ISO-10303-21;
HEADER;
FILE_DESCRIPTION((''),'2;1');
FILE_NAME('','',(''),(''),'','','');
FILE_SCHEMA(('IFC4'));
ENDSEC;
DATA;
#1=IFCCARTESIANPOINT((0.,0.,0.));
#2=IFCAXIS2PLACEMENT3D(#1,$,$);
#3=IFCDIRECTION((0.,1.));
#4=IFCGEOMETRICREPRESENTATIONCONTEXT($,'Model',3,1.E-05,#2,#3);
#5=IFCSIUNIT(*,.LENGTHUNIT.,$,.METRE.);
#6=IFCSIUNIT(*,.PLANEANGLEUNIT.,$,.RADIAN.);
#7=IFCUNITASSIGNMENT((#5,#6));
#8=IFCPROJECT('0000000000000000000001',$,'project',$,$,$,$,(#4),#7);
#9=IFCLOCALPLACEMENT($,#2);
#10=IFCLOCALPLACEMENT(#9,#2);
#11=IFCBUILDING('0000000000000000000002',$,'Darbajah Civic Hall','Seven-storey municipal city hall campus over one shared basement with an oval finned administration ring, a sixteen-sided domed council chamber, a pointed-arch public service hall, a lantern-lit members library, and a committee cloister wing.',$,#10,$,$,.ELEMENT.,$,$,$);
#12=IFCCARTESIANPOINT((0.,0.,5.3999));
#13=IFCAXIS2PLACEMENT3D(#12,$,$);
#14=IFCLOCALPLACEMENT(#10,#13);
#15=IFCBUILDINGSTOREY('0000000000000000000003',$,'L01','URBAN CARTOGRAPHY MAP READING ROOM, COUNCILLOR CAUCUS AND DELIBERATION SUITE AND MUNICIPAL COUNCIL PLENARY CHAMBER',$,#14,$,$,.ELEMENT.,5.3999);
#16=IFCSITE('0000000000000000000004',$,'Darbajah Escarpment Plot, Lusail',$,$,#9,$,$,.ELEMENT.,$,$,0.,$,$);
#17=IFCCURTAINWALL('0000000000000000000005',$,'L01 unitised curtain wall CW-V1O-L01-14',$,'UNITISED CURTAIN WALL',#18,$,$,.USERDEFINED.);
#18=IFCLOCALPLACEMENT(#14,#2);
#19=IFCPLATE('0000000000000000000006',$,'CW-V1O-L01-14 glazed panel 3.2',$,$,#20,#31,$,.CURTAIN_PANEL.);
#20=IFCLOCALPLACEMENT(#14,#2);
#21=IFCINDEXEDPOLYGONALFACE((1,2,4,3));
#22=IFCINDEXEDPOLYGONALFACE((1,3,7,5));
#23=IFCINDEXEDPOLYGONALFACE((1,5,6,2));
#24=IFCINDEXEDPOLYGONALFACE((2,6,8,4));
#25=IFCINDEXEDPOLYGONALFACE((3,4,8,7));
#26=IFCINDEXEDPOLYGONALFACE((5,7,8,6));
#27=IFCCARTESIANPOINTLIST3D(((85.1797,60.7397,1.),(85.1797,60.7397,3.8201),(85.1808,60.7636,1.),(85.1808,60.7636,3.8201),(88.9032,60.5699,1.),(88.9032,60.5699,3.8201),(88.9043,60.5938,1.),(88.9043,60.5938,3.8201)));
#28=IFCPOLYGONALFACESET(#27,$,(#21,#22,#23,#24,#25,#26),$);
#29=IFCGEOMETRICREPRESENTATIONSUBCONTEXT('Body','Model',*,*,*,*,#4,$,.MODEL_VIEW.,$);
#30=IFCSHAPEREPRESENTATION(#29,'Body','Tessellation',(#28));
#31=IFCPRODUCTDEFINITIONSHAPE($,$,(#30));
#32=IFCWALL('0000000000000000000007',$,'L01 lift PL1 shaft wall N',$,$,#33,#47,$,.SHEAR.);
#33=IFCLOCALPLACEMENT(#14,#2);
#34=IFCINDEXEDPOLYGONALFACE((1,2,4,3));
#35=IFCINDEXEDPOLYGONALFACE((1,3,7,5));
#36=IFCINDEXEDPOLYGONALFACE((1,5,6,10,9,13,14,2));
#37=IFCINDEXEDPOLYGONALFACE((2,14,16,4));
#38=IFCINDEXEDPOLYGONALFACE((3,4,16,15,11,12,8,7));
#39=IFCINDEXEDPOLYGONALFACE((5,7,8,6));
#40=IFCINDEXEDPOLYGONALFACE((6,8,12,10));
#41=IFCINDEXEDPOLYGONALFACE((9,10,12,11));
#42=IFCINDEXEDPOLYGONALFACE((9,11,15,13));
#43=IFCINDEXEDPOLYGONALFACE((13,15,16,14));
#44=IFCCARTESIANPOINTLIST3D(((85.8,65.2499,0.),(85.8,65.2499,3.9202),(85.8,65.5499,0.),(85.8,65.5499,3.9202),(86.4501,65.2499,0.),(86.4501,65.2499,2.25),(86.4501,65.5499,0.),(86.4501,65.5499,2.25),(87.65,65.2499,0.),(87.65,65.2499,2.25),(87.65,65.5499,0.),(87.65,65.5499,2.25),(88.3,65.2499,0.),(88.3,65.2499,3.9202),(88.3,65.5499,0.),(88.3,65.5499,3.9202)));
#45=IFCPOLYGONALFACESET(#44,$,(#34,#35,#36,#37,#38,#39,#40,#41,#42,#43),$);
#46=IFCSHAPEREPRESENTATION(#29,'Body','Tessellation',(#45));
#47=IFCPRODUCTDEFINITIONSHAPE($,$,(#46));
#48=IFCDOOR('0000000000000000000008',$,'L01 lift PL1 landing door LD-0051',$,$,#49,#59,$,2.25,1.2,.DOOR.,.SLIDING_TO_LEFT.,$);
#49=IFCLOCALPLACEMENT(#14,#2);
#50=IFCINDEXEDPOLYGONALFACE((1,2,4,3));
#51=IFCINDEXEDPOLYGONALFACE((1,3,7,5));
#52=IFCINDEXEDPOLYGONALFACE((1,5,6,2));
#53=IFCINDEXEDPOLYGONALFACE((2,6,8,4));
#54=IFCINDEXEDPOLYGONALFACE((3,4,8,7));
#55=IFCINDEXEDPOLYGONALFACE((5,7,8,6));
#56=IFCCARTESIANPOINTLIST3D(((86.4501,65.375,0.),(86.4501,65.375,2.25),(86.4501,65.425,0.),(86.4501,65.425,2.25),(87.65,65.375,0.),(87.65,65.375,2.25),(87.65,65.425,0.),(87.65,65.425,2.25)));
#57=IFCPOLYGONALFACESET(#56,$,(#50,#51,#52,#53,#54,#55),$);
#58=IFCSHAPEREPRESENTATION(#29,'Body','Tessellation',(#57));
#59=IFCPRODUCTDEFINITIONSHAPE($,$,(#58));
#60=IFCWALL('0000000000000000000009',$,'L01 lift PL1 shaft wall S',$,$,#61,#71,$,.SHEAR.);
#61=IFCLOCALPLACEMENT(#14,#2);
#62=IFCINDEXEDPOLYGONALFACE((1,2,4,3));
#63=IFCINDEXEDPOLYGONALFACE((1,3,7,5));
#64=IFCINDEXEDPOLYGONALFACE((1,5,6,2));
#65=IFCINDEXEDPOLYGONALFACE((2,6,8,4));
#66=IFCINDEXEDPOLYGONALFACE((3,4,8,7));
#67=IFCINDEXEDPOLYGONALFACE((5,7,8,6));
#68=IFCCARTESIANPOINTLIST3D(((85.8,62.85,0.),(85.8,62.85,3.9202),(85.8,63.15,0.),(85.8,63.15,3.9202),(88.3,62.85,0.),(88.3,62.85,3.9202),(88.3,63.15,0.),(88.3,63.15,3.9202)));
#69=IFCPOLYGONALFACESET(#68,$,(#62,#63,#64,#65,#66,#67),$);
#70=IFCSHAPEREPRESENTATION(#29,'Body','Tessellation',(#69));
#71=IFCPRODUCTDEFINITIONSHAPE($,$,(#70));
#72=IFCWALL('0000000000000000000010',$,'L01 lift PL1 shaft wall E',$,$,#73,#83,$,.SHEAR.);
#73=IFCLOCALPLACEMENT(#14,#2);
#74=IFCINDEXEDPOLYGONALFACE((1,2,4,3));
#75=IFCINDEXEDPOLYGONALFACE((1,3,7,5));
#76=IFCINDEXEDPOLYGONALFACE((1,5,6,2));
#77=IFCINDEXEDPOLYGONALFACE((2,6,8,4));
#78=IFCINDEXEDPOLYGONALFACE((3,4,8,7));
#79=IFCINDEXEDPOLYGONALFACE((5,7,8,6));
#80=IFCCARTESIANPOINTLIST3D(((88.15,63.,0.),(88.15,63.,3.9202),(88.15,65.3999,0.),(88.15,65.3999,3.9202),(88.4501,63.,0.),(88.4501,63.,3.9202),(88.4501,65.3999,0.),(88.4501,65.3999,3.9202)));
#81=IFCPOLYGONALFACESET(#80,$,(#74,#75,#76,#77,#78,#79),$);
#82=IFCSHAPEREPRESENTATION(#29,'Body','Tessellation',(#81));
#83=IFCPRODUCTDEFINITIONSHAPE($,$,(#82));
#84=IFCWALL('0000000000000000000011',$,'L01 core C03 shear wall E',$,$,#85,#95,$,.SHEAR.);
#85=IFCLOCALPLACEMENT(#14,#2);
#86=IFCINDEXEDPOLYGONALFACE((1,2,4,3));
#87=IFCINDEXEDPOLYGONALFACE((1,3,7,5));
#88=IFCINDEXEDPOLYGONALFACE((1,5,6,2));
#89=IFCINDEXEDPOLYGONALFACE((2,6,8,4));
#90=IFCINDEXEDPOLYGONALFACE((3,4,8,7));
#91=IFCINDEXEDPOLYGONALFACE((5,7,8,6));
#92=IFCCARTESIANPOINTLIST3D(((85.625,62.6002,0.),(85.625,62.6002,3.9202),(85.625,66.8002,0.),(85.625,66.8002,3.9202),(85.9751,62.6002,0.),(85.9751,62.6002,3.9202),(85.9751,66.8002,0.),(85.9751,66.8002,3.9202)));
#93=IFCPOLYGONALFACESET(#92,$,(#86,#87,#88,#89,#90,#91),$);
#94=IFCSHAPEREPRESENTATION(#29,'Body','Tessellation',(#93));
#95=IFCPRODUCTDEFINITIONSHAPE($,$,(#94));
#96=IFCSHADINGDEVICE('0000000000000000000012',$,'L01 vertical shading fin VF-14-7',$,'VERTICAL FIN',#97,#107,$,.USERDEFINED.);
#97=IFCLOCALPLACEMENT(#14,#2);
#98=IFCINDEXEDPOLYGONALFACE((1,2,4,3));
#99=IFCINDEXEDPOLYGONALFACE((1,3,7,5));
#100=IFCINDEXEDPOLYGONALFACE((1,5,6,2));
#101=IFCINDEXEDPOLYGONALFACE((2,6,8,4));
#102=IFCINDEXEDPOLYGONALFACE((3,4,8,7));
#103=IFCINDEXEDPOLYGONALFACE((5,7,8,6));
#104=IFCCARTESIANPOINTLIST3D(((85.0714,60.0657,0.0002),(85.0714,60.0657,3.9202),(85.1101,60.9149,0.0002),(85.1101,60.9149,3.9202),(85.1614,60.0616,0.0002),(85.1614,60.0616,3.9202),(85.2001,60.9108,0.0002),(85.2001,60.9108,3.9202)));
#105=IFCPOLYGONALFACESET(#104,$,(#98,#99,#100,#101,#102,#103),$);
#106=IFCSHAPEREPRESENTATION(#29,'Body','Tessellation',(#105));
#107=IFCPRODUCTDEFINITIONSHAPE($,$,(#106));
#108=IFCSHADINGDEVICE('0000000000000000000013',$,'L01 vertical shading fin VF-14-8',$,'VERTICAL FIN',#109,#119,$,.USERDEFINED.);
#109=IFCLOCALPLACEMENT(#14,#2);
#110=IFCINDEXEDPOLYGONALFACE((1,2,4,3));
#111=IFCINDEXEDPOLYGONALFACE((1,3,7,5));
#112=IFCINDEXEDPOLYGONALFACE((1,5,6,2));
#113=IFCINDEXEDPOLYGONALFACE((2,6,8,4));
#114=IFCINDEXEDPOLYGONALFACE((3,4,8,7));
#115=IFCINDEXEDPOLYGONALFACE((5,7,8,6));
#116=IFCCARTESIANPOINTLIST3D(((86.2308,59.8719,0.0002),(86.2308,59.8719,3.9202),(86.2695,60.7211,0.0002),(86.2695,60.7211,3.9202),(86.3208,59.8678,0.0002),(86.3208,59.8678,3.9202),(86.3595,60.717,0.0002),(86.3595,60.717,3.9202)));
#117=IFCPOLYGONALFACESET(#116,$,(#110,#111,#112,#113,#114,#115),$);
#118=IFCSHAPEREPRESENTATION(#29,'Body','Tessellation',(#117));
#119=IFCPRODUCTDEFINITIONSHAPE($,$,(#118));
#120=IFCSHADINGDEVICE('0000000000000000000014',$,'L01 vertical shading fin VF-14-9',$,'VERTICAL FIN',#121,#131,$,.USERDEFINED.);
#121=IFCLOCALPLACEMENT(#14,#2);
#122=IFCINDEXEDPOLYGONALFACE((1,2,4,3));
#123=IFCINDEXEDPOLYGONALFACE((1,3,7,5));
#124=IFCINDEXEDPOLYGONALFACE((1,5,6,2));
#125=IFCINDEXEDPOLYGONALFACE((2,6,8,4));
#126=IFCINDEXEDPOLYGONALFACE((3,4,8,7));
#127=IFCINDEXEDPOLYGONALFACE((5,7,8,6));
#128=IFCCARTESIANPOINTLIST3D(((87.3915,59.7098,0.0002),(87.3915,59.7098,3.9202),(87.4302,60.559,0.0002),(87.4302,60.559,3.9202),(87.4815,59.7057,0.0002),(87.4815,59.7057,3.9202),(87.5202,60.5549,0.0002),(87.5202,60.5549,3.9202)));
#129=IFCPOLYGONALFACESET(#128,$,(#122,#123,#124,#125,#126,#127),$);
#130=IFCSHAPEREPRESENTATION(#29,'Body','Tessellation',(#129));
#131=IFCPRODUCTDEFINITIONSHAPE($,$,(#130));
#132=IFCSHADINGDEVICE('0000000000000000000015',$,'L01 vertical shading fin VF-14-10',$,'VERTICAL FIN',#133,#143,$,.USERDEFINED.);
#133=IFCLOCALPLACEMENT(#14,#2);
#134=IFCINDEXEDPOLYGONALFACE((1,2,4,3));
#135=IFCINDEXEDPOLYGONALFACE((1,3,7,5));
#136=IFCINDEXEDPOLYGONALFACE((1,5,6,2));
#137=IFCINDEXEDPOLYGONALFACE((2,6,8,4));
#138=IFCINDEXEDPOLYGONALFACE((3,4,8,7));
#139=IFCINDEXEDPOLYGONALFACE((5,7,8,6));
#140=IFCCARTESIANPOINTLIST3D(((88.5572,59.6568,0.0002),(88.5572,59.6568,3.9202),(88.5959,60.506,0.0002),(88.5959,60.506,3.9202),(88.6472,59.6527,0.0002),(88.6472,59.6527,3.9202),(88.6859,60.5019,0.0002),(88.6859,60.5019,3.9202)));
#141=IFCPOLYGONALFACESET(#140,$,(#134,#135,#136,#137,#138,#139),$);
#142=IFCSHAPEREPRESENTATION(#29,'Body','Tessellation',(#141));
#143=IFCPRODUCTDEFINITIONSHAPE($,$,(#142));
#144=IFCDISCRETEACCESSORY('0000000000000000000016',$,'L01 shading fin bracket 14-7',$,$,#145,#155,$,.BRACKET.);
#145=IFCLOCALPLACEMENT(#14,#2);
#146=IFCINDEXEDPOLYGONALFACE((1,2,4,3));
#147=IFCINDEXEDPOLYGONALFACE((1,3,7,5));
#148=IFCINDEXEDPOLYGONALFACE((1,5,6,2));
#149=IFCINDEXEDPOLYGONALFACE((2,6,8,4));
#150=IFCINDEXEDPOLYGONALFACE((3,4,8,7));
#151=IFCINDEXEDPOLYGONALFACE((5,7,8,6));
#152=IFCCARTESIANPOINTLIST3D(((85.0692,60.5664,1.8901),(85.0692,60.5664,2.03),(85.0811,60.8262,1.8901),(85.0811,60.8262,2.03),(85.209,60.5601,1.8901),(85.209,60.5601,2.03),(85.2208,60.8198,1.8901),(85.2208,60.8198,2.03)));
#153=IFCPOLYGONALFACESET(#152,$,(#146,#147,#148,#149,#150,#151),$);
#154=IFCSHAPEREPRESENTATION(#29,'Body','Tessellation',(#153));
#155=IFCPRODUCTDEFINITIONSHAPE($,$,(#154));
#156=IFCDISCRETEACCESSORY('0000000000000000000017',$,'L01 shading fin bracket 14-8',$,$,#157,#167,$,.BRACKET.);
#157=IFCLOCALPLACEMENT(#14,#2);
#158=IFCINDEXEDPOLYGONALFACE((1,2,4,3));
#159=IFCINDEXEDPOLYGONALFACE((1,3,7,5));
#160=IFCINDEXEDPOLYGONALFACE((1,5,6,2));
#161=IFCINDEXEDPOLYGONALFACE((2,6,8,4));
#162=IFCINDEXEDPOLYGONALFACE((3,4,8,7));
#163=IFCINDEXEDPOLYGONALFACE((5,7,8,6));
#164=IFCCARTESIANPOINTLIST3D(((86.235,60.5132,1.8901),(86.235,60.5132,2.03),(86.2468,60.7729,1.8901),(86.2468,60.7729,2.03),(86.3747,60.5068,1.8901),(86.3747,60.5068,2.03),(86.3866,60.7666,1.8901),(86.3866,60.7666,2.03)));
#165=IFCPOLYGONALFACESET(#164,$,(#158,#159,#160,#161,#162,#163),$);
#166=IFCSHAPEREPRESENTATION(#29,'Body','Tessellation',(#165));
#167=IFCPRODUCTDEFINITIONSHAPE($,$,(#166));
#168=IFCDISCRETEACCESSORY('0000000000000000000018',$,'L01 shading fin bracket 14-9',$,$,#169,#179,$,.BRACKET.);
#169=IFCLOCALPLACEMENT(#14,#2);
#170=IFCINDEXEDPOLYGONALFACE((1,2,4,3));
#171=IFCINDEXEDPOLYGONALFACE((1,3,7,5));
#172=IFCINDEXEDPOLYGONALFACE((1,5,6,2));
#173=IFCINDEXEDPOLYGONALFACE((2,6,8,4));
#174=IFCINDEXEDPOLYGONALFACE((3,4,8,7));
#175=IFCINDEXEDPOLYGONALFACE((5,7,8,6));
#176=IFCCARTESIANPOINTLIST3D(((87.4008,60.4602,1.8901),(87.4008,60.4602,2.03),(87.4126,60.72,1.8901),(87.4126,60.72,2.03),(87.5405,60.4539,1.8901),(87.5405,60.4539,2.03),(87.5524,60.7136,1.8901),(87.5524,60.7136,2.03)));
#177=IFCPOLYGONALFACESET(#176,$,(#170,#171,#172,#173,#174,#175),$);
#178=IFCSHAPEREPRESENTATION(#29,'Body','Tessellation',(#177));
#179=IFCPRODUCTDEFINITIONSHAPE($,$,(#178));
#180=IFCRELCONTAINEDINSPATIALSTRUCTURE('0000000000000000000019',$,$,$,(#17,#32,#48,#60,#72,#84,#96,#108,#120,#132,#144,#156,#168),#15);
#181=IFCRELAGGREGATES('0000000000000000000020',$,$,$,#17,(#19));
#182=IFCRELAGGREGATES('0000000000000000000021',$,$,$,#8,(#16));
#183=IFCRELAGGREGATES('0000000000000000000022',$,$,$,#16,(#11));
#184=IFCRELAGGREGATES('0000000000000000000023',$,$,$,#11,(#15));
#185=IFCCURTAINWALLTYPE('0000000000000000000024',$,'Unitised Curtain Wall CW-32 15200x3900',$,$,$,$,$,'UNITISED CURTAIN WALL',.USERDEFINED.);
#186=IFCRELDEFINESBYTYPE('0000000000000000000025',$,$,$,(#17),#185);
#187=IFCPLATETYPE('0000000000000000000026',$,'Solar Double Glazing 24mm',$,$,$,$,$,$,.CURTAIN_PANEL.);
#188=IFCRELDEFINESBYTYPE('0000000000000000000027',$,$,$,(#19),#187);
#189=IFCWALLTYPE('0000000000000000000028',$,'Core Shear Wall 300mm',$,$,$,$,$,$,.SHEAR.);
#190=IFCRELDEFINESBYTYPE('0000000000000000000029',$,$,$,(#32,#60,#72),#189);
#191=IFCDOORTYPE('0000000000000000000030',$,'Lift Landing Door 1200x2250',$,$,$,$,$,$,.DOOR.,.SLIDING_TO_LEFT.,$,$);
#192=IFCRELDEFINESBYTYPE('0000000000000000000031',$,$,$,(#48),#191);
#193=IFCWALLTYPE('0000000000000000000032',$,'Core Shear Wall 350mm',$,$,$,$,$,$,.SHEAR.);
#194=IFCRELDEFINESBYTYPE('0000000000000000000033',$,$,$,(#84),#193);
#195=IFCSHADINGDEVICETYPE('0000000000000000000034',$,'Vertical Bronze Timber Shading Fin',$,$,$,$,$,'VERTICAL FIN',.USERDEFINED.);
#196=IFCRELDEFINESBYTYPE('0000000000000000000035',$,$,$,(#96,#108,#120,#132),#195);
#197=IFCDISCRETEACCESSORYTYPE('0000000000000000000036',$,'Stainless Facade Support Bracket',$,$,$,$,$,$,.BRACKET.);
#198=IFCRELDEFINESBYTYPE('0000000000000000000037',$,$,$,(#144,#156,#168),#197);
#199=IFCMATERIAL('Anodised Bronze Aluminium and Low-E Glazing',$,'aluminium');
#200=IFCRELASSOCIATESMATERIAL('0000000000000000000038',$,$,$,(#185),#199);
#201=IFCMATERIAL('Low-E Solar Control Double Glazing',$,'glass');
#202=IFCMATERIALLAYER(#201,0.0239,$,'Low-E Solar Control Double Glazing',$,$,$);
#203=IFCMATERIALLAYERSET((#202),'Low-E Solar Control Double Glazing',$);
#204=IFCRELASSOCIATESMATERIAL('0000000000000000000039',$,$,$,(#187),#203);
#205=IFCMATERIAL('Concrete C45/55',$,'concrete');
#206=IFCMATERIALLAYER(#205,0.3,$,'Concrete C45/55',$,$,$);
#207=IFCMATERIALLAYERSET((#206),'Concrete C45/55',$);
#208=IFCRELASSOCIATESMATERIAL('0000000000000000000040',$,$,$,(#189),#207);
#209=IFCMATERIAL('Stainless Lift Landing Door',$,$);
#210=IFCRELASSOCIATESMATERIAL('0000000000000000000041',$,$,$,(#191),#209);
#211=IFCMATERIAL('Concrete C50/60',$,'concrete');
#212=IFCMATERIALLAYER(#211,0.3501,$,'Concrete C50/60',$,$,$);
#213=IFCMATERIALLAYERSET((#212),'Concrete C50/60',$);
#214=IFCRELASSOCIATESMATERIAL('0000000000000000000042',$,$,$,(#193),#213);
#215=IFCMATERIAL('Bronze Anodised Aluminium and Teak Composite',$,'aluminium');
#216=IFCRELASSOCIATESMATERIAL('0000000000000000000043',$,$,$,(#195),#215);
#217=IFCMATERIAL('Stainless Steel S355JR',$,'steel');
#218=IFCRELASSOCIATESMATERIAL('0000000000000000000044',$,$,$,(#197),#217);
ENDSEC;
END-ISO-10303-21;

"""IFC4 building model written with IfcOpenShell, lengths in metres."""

from ifc_helpers import new_model, si_unit, direction, frame, frame_2d, origin, origin_2d, place, context, subcontext, project, spatial, rectangle, extrude, material, layer, layer_set, type_object, element, fill, aggregate, save


model = new_model("IFC4")

# Units and contexts
model_context = context("Model", 3, precision=1e-05, world=origin(), true_north=direction((0.0, 1.0)))
body_context = subcontext(model_context, "Body", "Model", "MODEL_VIEW")
ifc_project = project(units=[si_unit("LENGTHUNIT", "METRE"), si_unit("PLANEANGLEUNIT", "RADIAN")], contexts=[model_context])

# Site, building, storey
site_placement = place(None, origin())
site = spatial("IfcSite", under=ifc_project, at=site_placement, Name="Darbajah Escarpment Plot, Lusail", CompositionType="ELEMENT", RefElevation=0.0)
building_placement = place(site_placement, origin())
building = spatial("IfcBuilding", under=site, at=building_placement, Name="Darbajah Civic Hall", Description="Seven-storey municipal city hall campus over one shared basement with an oval finned administration ring, a sixteen-sided domed council chamber, a pointed-arch public service hall, a lantern-lit members library, and a committee cloister wing.", CompositionType="ELEMENT")
storey_placement = place(building_placement, frame((0.0, 0.0, 5.3999)))
storey = spatial("IfcBuildingStorey", under=building, at=storey_placement, Name="L01", Description="URBAN CARTOGRAPHY MAP READING ROOM, COUNCILLOR CAUCUS AND DELIBERATION SUITE AND MUNICIPAL COUNCIL PLENARY CHAMBER", CompositionType="ELEMENT", Elevation=5.3999)

# Curtain wall
ifc_material_1 = material(Name="Anodised Bronze Aluminium and Low-E Glazing", Category="aluminium")
curtain_wall_type = type_object("IfcCurtainWallType", Name="Unitised Curtain Wall CW-32 15200x3900", ElementType="UNITISED CURTAIN WALL", PredefinedType="USERDEFINED", material=ifc_material_1)
curtain_wall_placement = place(storey_placement, origin())
curtain_wall = element("IfcCurtainWall", 1, at=curtain_wall_placement, inside=storey, type_object=curtain_wall_type, Name="L01 unitised curtain wall CW-V1O-L01-14", ObjectType="UNITISED CURTAIN WALL", PredefinedType="USERDEFINED")

# Plate
ifc_material_2 = material(Name="Low-E Solar Control Double Glazing", Category="glass")
ifc_layer_1 = layer(ifc_material_2, 0.0239, Name="Low-E Solar Control Double Glazing")
ifc_layer_set_1 = layer_set([ifc_layer_1], Name="Low-E Solar Control Double Glazing")
plate_type = type_object("IfcPlateType", Name="Solar Double Glazing 24mm", PredefinedType="CURTAIN_PANEL", material=ifc_layer_set_1)
plate_1_placement = place(storey_placement, frame((87.042, 60.6667, 1.0), z_axis=(0.0, 0.0, 1.0), x_axis=(0.998963, -0.045537, 0.0)))
plate_1 = element("IfcPlate", 2, at=plate_1_placement, type_object=plate_type, Name="CW-V1O-L01-14 glazed panel 3.2", PredefinedType="CURTAIN_PANEL", context=body_context, shape_type="SweptSolid", body=[
    extrude(rectangle(XDim=3.7273, YDim=0.0239, at=origin_2d()), origin(), (0.0, 0.0, 1.0), 2.8201),
])
aggregate(curtain_wall, [plate_1])

# Wall, opening, door
ifc_material_3 = material(Name="Concrete C45/55", Category="concrete")
ifc_layer_2 = layer(ifc_material_3, 0.3, Name="Concrete C45/55")
ifc_layer_set_2 = layer_set([ifc_layer_2], Name="Concrete C45/55")
wall_type_1 = type_object("IfcWallType", Name="Core Shear Wall 300mm", PredefinedType="SHEAR", material=ifc_layer_set_2)
wall_1_placement = place(storey_placement, frame((88.3, 65.3999, 0.0), z_axis=(0.0, 0.0, 1.0), x_axis=(-1.0, 0.0, 0.0)))
wall_1 = element("IfcWall", 3, at=wall_1_placement, inside=storey, type_object=wall_type_1, Name="L01 lift PL1 shaft wall N", PredefinedType="SHEAR", context=body_context, shape_type="SweptSolid", body=[
    extrude(rectangle(XDim=2.5, YDim=0.3, at=frame_2d((1.25, 0.0))), origin(), (0.0, 0.0, 1.0), 3.9202),
])
opening_placement = place(wall_1_placement, frame((0.6499, 0.0, 0.0)))
opening = element("IfcOpeningElement", 4, at=opening_placement, cuts=wall_1, PredefinedType="OPENING", context=body_context, shape_type="SweptSolid", body=[
    extrude(rectangle(XDim=1.2, YDim=2.25, at=frame_2d((0.6001, 1.125))), frame((0.0, 0.1599, 0.0), z_axis=(0.0, -1.0, 0.0), x_axis=(1.0, 0.0, 0.0)), (0.0, 0.0, 1.0), 0.3201),
])
ifc_material_4 = material(Name="Stainless Lift Landing Door")
door_type = type_object("IfcDoorType", Name="Lift Landing Door 1200x2250", OperationType="SLIDING_TO_LEFT", PredefinedType="DOOR", material=ifc_material_4)
door_placement = place(opening_placement, origin())
door = element("IfcDoor", 5, at=door_placement, inside=storey, type_object=door_type, Name="L01 lift PL1 landing door LD-0051", OperationType="SLIDING_TO_LEFT", OverallHeight=2.25, OverallWidth=1.2, PredefinedType="DOOR", context=body_context, shape_type="SweptSolid", body=[
    extrude(rectangle(XDim=1.2, YDim=2.25, at=frame_2d((0.6001, 1.125))), frame((0.0, 0.0249, 0.0), z_axis=(0.0, -1.0, 0.0), x_axis=(1.0, 0.0, 0.0)), (0.0, 0.0, 1.0), 0.05),
])
fill(opening, door)

# Walls
wall_2_placement = place(storey_placement, frame((85.8, 63.0, 0.0), z_axis=(0.0, 0.0, 1.0), x_axis=(1.0, 0.0, 0.0)))
element("IfcWall", 6, at=wall_2_placement, inside=storey, type_object=wall_type_1, Name="L01 lift PL1 shaft wall S", PredefinedType="SHEAR", context=body_context, shape_type="SweptSolid", body=[
    extrude(rectangle(XDim=2.5, YDim=0.3, at=frame_2d((1.25, 0.0))), origin(), (0.0, 0.0, 1.0), 3.9202),
])
wall_3_placement = place(storey_placement, frame((88.3, 63.0, 0.0), z_axis=(0.0, 0.0, 1.0), x_axis=(0.0, 1.0, 0.0)))
element("IfcWall", 7, at=wall_3_placement, inside=storey, type_object=wall_type_1, Name="L01 lift PL1 shaft wall E", PredefinedType="SHEAR", context=body_context, shape_type="SweptSolid", body=[
    extrude(rectangle(XDim=2.3999, YDim=0.3, at=frame_2d((1.2, 0.0))), origin(), (0.0, 0.0, 1.0), 3.9202),
])
ifc_material_5 = material(Name="Concrete C50/60", Category="concrete")
ifc_layer_3 = layer(ifc_material_5, 0.3501, Name="Concrete C50/60")
ifc_layer_set_3 = layer_set([ifc_layer_3], Name="Concrete C50/60")
wall_type_2 = type_object("IfcWallType", Name="Core Shear Wall 350mm", PredefinedType="SHEAR", material=ifc_layer_set_3)
wall_4_placement = place(storey_placement, frame((85.8, 62.6001, 0.0), z_axis=(0.0, 0.0, 1.0), x_axis=(0.0, 1.0, 0.0)))
element("IfcWall", 8, at=wall_4_placement, inside=storey, type_object=wall_type_2, Name="L01 core C03 shear wall E", PredefinedType="SHEAR", context=body_context, shape_type="SweptSolid", body=[
    extrude(rectangle(XDim=4.2, YDim=0.3501, at=frame_2d((2.1001, 0.0))), origin(), (0.0, 0.0, 1.0), 3.9202),
])

# Shading devices
ifc_material_6 = material(Name="Bronze Anodised Aluminium and Teak Composite", Category="aluminium")
shading_device_type = type_object("IfcShadingDeviceType", Name="Vertical Bronze Timber Shading Fin", ElementType="VERTICAL FIN", PredefinedType="USERDEFINED", material=ifc_material_6)
for number, where, z_axis, x_axis, name in (
    (9, (85.1357, 60.4883, 0.0002), (0.0, 0.0, 1.0), (-0.045537, -0.998963, 0.0), "L01 vertical shading fin VF-14-7"),
    (10, (86.2952, 60.2944, 0.0002), (0.0, 0.0, 1.0), (-0.045537, -0.998963, 0.0), "L01 vertical shading fin VF-14-8"),
    (11, (87.4558, 60.1323, 0.0002), (0.0, 0.0, 1.0), (-0.045537, -0.998963, 0.0), "L01 vertical shading fin VF-14-9"),
    (12, (88.6216, 60.0793, 0.0002), (0.0, 0.0, 1.0), (-0.045537, -0.998963, 0.0), "L01 vertical shading fin VF-14-10"),
):
    element("IfcShadingDevice", number, at=place(storey_placement, frame(where, z_axis=z_axis, x_axis=x_axis)), inside=storey, type_object=shading_device_type, Name=name, ObjectType="VERTICAL FIN", PredefinedType="USERDEFINED", context=body_context, shape_type="SweptSolid", body=[
        extrude(rectangle(XDim=0.8501, YDim=0.0901, at=origin_2d()), origin(), (0.0, 0.0, 1.0), 3.9199),
    ])

# Discrete accessories
ifc_material_7 = material(Name="Stainless Steel S355JR", Category="steel")
discrete_accessory_type = type_object("IfcDiscreteAccessoryType", Name="Stainless Facade Support Bracket", PredefinedType="BRACKET", material=ifc_material_7)
for number, where, z_axis, x_axis, name in (
    (13, (85.145, 60.6931, 1.8901), (0.0, 0.0, 1.0), (-0.045537, -0.998963, 0.0), "L01 shading fin bracket 14-7"),
    (14, (86.3108, 60.6399, 1.8901), (0.0, 0.0, 1.0), (-0.045537, -0.998963, 0.0), "L01 shading fin bracket 14-8"),
    (15, (87.4766, 60.5869, 1.8901), (0.0, 0.0, 1.0), (-0.045537, -0.998963, 0.0), "L01 shading fin bracket 14-9"),
):
    element("IfcDiscreteAccessory", number, at=place(storey_placement, frame(where, z_axis=z_axis, x_axis=x_axis)), inside=storey, type_object=discrete_accessory_type, Name=name, PredefinedType="BRACKET", context=body_context, shape_type="SweptSolid", body=[
        extrude(rectangle(XDim=0.26, YDim=0.1399, at=origin_2d()), origin(), (0.0, 0.0, 1.0), 0.1399),
    ])

save(model, "model.ifc")
